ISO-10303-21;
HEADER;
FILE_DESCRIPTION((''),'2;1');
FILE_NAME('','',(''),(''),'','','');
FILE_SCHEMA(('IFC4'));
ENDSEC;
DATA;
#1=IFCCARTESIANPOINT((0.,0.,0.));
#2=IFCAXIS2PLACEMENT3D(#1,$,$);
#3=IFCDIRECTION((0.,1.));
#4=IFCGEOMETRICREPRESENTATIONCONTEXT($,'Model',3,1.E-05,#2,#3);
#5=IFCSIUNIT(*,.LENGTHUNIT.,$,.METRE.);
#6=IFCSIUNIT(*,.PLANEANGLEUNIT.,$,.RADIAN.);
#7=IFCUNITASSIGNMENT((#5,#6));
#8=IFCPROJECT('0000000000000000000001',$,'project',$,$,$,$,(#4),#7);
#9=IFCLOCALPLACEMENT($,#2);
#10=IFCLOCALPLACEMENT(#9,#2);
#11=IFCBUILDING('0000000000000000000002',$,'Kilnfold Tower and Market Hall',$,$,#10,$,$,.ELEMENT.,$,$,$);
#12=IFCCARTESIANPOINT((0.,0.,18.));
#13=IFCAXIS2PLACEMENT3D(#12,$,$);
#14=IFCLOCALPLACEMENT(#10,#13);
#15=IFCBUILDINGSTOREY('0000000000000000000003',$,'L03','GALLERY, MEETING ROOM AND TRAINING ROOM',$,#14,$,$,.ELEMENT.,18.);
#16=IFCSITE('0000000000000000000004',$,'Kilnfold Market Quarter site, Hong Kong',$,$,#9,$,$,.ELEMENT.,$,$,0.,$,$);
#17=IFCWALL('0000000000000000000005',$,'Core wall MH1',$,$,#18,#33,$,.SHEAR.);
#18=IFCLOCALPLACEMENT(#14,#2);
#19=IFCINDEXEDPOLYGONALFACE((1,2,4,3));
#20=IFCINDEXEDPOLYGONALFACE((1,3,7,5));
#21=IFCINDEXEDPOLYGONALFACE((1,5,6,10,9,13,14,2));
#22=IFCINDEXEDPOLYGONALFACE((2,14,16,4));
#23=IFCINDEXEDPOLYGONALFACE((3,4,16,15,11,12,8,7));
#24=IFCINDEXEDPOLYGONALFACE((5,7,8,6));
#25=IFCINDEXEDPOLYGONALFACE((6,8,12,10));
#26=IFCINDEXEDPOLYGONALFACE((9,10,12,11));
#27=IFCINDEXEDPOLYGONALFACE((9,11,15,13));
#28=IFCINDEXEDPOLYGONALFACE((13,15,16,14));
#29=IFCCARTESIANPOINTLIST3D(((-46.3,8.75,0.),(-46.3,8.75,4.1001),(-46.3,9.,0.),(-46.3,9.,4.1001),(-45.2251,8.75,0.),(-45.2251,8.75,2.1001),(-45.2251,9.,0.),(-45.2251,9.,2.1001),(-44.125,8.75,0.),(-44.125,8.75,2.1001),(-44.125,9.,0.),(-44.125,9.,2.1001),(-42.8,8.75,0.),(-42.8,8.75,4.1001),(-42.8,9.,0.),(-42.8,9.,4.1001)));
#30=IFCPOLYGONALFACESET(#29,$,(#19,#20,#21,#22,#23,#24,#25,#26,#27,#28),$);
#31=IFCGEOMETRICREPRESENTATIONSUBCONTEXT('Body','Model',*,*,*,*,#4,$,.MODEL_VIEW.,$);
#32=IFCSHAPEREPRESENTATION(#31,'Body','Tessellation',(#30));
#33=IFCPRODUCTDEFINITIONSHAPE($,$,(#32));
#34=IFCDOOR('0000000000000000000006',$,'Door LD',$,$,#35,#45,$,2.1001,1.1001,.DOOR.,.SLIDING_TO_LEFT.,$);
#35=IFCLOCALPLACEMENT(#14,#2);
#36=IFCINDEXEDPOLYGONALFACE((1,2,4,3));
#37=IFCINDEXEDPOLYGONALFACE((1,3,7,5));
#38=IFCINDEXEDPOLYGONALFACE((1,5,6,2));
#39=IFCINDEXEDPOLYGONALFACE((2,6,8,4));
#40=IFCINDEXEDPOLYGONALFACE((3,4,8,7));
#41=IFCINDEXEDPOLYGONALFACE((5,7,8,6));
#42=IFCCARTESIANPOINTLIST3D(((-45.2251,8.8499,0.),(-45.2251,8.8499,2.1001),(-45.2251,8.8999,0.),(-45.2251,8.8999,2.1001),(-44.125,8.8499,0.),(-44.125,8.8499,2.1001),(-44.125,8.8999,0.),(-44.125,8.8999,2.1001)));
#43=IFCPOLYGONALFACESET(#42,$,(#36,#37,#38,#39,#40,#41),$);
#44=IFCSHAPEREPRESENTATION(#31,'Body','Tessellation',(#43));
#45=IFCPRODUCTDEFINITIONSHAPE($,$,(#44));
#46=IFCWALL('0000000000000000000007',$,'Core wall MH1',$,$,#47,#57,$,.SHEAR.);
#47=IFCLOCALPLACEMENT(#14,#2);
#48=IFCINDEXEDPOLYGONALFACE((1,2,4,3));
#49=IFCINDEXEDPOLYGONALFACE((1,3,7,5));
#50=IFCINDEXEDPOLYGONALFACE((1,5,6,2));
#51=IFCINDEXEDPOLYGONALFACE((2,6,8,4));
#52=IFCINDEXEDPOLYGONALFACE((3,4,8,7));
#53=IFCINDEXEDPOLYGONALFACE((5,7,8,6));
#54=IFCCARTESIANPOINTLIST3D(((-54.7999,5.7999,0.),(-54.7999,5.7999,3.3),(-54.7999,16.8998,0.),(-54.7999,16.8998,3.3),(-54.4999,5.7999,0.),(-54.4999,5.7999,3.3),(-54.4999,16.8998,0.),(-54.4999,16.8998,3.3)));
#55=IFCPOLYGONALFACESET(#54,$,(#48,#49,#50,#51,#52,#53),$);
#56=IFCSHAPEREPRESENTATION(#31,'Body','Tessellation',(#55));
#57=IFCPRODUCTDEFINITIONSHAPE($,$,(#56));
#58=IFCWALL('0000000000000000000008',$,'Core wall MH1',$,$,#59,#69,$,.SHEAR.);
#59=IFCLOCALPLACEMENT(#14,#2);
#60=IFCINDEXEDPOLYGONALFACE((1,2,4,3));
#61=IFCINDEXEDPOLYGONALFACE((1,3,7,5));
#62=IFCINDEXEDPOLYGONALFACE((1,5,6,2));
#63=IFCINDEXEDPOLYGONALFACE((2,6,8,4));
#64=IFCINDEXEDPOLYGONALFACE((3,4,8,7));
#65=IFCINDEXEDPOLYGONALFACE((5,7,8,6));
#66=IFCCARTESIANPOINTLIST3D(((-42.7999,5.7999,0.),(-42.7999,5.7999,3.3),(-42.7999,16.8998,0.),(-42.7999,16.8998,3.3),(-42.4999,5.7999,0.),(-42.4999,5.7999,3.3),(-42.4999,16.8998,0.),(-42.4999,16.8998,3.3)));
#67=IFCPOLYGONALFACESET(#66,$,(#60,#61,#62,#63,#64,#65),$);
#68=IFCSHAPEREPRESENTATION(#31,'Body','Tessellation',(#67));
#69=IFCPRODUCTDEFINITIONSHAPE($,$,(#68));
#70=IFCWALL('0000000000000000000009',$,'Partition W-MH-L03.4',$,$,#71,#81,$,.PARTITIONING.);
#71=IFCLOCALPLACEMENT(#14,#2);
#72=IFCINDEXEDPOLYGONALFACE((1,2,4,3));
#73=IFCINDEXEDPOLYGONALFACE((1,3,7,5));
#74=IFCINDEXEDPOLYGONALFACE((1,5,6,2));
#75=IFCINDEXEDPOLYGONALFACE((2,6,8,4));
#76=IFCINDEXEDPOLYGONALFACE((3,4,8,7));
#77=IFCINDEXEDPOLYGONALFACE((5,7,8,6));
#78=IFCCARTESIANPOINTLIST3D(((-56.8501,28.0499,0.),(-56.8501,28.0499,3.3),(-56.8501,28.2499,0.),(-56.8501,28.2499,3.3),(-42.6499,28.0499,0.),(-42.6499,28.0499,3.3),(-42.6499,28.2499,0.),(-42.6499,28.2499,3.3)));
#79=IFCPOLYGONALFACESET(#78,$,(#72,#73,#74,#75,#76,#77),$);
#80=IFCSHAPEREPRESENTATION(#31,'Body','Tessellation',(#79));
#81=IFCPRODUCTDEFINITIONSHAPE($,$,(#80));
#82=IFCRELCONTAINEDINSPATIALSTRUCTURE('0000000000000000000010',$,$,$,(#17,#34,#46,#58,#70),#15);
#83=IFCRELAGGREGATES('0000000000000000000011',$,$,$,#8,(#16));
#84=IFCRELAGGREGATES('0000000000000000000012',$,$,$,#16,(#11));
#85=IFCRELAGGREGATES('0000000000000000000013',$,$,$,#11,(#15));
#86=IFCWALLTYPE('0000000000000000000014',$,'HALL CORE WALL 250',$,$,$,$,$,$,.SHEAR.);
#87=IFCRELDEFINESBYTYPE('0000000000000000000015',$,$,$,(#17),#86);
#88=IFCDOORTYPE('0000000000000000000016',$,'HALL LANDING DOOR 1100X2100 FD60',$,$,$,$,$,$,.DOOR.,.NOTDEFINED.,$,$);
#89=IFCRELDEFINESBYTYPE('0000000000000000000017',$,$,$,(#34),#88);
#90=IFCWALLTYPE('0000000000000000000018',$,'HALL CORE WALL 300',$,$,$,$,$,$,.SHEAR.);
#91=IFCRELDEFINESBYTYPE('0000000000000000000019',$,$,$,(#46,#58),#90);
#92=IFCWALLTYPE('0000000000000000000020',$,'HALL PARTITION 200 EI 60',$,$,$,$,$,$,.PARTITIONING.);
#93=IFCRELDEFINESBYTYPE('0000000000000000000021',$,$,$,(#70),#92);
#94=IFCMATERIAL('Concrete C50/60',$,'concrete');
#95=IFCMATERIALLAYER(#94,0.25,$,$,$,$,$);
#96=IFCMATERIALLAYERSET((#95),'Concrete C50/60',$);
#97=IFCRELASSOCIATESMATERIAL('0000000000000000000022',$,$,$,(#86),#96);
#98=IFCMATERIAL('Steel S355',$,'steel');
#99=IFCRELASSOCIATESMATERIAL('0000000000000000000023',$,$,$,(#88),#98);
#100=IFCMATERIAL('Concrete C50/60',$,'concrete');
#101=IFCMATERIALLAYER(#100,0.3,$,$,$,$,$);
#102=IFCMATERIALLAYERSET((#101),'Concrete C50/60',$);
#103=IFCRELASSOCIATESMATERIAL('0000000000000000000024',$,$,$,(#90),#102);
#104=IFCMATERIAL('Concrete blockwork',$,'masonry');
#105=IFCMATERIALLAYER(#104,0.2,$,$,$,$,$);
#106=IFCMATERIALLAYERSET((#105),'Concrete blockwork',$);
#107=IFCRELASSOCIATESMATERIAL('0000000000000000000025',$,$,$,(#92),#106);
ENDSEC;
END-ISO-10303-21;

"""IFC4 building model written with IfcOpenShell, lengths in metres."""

from ifc_helpers import new_model, si_unit, direction, frame, frame_2d, origin, place, context, subcontext, project, spatial, rectangle, extrude, source, transform, mapped, material, layer, layer_set, type_object, element, fill, save


model = new_model("IFC4")

# Units and contexts
model_context = context("Model", 3, precision=1e-05, world=origin(), true_north=direction((0.0, 1.0)))
body_context = subcontext(model_context, "Body", "Model", "MODEL_VIEW")
ifc_project = project(units=[si_unit("LENGTHUNIT", "METRE"), si_unit("PLANEANGLEUNIT", "RADIAN")], contexts=[model_context])

# Site, building, storey
site_placement = place(None, origin())
site = spatial("IfcSite", under=ifc_project, at=site_placement, Name="Kilnfold Market Quarter site, Hong Kong", CompositionType="ELEMENT", RefElevation=0.0)
building_placement = place(site_placement, origin())
building = spatial("IfcBuilding", under=site, at=building_placement, Name="Kilnfold Tower and Market Hall", CompositionType="ELEMENT")
storey_placement = place(building_placement, frame((0.0, 0.0, 18.0)))
storey = spatial("IfcBuildingStorey", under=building, at=storey_placement, Name="L03", Description="GALLERY, MEETING ROOM AND TRAINING ROOM", CompositionType="ELEMENT", Elevation=18.0)

# Shared definitions
ifc_material_1 = material(Name="Concrete C50/60", Category="concrete")
ifc_layer_1 = layer(ifc_material_1, 0.25)
ifc_layer_set_1 = layer_set([ifc_layer_1], Name="Concrete C50/60")
wall_type_1 = type_object("IfcWallType", Name="HALL CORE WALL 250", PredefinedType="SHEAR", material=ifc_layer_set_1)

# Wall, opening, door
ifc_material_2 = material(Name="Steel S355", Category="steel")
door_type_1 = type_object("IfcDoorType", Name="HALL LANDING DOOR 1100X2100 FD60", OperationType="NOTDEFINED", PredefinedType="DOOR", material=ifc_material_2)
shared_shape_1 = source(origin(), body_context, "Body", "SweptSolid", [
    extrude(rectangle(XDim=3.5, YDim=0.25, at=frame_2d((1.75, 0.0))), origin(), (0.0, 0.0, 1.0), 4.1001),
])
wall_1_placement = place(storey_placement, frame((-46.3, 8.875, 0.0), z_axis=(0.0, 0.0, 1.0), x_axis=(1.0, 0.0, 0.0)))
wall_1 = element("IfcWall", 1, at=wall_1_placement, inside=storey, type_object=wall_type_1, Name="Core wall MH1", PredefinedType="SHEAR", context=body_context, shape_type="MappedRepresentation", body=[
    mapped(shared_shape_1, transform((0.0, 0.0, 0.0))),
])
opening_1_placement = place(wall_1_placement, frame((1.075, 0.0, 0.0)))
opening_1 = element("IfcOpeningElement", 2, at=opening_1_placement, cuts=wall_1, PredefinedType="OPENING", context=body_context, shape_type="SweptSolid", body=[
    extrude(rectangle(XDim=1.1001, YDim=2.1001, at=frame_2d((0.55, 1.05))), frame((0.0, 0.135, 0.0), z_axis=(0.0, -1.0, 0.0), x_axis=(1.0, 0.0, 0.0)), (0.0, 0.0, 1.0), 0.27),
])
door_1_placement = place(opening_1_placement, origin())
door_1 = element("IfcDoor", 3, at=door_1_placement, inside=storey, type_object=door_type_1, Name="Door LD", OperationType="SLIDING_TO_LEFT", OverallHeight=2.1001, OverallWidth=1.1001, PredefinedType="DOOR", context=body_context, shape_type="SweptSolid", body=[
    extrude(rectangle(XDim=1.1001, YDim=2.1001, at=frame_2d((0.55, 1.05))), frame((0.0, 0.0249, 0.0), z_axis=(0.0, -1.0, 0.0), x_axis=(1.0, 0.0, 0.0)), (0.0, 0.0, 1.0), 0.05),
])
fill(opening_1, door_1)
ifc_material_3 = material(Name="Concrete C50/60", Category="concrete")
ifc_layer_2 = layer(ifc_material_3, 0.3)
ifc_layer_set_2 = layer_set([ifc_layer_2], Name="Concrete C50/60")
wall_type_2 = type_object("IfcWallType", Name="HALL CORE WALL 300", PredefinedType="SHEAR", material=ifc_layer_set_2)
shared_shape_2 = source(origin(), body_context, "Body", "SweptSolid", [
    extrude(rectangle(XDim=11.0999, YDim=0.3, at=frame_2d((5.5498, 0.0))), origin(), (0.0, 0.0, 1.0), 3.3),
])

# Walls
for number, where, z_axis, x_axis, name in (
    (4, (-54.6499, 5.8, 0.0), (0.0, 0.0, 1.0), (0.0, 1.0, 0.0), "Core wall MH1"),
    (5, (-42.6499, 5.8, 0.0), (0.0, 0.0, 1.0), (0.0, 1.0, 0.0), "Core wall MH1"),
):
    element("IfcWall", number, at=place(storey_placement, frame(where, z_axis=z_axis, x_axis=x_axis)), inside=storey, type_object=wall_type_2, Name=name, PredefinedType="SHEAR", context=body_context, shape_type="MappedRepresentation", body=[
        mapped(shared_shape_2, transform((0.0, 0.0, 0.0))),
    ])
ifc_material_4 = material(Name="Concrete blockwork", Category="masonry")
ifc_layer_3 = layer(ifc_material_4, 0.2)
ifc_layer_set_3 = layer_set([ifc_layer_3], Name="Concrete blockwork")
wall_type_3 = type_object("IfcWallType", Name="HALL PARTITION 200 EI 60", PredefinedType="PARTITIONING", material=ifc_layer_set_3)
shared_shape_3 = source(origin(), body_context, "Body", "SweptSolid", [
    extrude(rectangle(XDim=14.2002, YDim=0.2, at=frame_2d((7.1001, 0.0))), origin(), (0.0, 0.0, 1.0), 3.3),
])
wall_2_placement = place(storey_placement, frame((-56.8501, 28.1499, 0.0), z_axis=(0.0, 0.0, 1.0), x_axis=(1.0, 0.0, 0.0)))
element("IfcWall", 6, at=wall_2_placement, inside=storey, type_object=wall_type_3, Name="Partition W-MH-L03.4", PredefinedType="PARTITIONING", context=body_context, shape_type="MappedRepresentation", body=[
    mapped(shared_shape_3, transform((0.0, 0.0, 0.0))),
])

save(model, "model.ifc")
